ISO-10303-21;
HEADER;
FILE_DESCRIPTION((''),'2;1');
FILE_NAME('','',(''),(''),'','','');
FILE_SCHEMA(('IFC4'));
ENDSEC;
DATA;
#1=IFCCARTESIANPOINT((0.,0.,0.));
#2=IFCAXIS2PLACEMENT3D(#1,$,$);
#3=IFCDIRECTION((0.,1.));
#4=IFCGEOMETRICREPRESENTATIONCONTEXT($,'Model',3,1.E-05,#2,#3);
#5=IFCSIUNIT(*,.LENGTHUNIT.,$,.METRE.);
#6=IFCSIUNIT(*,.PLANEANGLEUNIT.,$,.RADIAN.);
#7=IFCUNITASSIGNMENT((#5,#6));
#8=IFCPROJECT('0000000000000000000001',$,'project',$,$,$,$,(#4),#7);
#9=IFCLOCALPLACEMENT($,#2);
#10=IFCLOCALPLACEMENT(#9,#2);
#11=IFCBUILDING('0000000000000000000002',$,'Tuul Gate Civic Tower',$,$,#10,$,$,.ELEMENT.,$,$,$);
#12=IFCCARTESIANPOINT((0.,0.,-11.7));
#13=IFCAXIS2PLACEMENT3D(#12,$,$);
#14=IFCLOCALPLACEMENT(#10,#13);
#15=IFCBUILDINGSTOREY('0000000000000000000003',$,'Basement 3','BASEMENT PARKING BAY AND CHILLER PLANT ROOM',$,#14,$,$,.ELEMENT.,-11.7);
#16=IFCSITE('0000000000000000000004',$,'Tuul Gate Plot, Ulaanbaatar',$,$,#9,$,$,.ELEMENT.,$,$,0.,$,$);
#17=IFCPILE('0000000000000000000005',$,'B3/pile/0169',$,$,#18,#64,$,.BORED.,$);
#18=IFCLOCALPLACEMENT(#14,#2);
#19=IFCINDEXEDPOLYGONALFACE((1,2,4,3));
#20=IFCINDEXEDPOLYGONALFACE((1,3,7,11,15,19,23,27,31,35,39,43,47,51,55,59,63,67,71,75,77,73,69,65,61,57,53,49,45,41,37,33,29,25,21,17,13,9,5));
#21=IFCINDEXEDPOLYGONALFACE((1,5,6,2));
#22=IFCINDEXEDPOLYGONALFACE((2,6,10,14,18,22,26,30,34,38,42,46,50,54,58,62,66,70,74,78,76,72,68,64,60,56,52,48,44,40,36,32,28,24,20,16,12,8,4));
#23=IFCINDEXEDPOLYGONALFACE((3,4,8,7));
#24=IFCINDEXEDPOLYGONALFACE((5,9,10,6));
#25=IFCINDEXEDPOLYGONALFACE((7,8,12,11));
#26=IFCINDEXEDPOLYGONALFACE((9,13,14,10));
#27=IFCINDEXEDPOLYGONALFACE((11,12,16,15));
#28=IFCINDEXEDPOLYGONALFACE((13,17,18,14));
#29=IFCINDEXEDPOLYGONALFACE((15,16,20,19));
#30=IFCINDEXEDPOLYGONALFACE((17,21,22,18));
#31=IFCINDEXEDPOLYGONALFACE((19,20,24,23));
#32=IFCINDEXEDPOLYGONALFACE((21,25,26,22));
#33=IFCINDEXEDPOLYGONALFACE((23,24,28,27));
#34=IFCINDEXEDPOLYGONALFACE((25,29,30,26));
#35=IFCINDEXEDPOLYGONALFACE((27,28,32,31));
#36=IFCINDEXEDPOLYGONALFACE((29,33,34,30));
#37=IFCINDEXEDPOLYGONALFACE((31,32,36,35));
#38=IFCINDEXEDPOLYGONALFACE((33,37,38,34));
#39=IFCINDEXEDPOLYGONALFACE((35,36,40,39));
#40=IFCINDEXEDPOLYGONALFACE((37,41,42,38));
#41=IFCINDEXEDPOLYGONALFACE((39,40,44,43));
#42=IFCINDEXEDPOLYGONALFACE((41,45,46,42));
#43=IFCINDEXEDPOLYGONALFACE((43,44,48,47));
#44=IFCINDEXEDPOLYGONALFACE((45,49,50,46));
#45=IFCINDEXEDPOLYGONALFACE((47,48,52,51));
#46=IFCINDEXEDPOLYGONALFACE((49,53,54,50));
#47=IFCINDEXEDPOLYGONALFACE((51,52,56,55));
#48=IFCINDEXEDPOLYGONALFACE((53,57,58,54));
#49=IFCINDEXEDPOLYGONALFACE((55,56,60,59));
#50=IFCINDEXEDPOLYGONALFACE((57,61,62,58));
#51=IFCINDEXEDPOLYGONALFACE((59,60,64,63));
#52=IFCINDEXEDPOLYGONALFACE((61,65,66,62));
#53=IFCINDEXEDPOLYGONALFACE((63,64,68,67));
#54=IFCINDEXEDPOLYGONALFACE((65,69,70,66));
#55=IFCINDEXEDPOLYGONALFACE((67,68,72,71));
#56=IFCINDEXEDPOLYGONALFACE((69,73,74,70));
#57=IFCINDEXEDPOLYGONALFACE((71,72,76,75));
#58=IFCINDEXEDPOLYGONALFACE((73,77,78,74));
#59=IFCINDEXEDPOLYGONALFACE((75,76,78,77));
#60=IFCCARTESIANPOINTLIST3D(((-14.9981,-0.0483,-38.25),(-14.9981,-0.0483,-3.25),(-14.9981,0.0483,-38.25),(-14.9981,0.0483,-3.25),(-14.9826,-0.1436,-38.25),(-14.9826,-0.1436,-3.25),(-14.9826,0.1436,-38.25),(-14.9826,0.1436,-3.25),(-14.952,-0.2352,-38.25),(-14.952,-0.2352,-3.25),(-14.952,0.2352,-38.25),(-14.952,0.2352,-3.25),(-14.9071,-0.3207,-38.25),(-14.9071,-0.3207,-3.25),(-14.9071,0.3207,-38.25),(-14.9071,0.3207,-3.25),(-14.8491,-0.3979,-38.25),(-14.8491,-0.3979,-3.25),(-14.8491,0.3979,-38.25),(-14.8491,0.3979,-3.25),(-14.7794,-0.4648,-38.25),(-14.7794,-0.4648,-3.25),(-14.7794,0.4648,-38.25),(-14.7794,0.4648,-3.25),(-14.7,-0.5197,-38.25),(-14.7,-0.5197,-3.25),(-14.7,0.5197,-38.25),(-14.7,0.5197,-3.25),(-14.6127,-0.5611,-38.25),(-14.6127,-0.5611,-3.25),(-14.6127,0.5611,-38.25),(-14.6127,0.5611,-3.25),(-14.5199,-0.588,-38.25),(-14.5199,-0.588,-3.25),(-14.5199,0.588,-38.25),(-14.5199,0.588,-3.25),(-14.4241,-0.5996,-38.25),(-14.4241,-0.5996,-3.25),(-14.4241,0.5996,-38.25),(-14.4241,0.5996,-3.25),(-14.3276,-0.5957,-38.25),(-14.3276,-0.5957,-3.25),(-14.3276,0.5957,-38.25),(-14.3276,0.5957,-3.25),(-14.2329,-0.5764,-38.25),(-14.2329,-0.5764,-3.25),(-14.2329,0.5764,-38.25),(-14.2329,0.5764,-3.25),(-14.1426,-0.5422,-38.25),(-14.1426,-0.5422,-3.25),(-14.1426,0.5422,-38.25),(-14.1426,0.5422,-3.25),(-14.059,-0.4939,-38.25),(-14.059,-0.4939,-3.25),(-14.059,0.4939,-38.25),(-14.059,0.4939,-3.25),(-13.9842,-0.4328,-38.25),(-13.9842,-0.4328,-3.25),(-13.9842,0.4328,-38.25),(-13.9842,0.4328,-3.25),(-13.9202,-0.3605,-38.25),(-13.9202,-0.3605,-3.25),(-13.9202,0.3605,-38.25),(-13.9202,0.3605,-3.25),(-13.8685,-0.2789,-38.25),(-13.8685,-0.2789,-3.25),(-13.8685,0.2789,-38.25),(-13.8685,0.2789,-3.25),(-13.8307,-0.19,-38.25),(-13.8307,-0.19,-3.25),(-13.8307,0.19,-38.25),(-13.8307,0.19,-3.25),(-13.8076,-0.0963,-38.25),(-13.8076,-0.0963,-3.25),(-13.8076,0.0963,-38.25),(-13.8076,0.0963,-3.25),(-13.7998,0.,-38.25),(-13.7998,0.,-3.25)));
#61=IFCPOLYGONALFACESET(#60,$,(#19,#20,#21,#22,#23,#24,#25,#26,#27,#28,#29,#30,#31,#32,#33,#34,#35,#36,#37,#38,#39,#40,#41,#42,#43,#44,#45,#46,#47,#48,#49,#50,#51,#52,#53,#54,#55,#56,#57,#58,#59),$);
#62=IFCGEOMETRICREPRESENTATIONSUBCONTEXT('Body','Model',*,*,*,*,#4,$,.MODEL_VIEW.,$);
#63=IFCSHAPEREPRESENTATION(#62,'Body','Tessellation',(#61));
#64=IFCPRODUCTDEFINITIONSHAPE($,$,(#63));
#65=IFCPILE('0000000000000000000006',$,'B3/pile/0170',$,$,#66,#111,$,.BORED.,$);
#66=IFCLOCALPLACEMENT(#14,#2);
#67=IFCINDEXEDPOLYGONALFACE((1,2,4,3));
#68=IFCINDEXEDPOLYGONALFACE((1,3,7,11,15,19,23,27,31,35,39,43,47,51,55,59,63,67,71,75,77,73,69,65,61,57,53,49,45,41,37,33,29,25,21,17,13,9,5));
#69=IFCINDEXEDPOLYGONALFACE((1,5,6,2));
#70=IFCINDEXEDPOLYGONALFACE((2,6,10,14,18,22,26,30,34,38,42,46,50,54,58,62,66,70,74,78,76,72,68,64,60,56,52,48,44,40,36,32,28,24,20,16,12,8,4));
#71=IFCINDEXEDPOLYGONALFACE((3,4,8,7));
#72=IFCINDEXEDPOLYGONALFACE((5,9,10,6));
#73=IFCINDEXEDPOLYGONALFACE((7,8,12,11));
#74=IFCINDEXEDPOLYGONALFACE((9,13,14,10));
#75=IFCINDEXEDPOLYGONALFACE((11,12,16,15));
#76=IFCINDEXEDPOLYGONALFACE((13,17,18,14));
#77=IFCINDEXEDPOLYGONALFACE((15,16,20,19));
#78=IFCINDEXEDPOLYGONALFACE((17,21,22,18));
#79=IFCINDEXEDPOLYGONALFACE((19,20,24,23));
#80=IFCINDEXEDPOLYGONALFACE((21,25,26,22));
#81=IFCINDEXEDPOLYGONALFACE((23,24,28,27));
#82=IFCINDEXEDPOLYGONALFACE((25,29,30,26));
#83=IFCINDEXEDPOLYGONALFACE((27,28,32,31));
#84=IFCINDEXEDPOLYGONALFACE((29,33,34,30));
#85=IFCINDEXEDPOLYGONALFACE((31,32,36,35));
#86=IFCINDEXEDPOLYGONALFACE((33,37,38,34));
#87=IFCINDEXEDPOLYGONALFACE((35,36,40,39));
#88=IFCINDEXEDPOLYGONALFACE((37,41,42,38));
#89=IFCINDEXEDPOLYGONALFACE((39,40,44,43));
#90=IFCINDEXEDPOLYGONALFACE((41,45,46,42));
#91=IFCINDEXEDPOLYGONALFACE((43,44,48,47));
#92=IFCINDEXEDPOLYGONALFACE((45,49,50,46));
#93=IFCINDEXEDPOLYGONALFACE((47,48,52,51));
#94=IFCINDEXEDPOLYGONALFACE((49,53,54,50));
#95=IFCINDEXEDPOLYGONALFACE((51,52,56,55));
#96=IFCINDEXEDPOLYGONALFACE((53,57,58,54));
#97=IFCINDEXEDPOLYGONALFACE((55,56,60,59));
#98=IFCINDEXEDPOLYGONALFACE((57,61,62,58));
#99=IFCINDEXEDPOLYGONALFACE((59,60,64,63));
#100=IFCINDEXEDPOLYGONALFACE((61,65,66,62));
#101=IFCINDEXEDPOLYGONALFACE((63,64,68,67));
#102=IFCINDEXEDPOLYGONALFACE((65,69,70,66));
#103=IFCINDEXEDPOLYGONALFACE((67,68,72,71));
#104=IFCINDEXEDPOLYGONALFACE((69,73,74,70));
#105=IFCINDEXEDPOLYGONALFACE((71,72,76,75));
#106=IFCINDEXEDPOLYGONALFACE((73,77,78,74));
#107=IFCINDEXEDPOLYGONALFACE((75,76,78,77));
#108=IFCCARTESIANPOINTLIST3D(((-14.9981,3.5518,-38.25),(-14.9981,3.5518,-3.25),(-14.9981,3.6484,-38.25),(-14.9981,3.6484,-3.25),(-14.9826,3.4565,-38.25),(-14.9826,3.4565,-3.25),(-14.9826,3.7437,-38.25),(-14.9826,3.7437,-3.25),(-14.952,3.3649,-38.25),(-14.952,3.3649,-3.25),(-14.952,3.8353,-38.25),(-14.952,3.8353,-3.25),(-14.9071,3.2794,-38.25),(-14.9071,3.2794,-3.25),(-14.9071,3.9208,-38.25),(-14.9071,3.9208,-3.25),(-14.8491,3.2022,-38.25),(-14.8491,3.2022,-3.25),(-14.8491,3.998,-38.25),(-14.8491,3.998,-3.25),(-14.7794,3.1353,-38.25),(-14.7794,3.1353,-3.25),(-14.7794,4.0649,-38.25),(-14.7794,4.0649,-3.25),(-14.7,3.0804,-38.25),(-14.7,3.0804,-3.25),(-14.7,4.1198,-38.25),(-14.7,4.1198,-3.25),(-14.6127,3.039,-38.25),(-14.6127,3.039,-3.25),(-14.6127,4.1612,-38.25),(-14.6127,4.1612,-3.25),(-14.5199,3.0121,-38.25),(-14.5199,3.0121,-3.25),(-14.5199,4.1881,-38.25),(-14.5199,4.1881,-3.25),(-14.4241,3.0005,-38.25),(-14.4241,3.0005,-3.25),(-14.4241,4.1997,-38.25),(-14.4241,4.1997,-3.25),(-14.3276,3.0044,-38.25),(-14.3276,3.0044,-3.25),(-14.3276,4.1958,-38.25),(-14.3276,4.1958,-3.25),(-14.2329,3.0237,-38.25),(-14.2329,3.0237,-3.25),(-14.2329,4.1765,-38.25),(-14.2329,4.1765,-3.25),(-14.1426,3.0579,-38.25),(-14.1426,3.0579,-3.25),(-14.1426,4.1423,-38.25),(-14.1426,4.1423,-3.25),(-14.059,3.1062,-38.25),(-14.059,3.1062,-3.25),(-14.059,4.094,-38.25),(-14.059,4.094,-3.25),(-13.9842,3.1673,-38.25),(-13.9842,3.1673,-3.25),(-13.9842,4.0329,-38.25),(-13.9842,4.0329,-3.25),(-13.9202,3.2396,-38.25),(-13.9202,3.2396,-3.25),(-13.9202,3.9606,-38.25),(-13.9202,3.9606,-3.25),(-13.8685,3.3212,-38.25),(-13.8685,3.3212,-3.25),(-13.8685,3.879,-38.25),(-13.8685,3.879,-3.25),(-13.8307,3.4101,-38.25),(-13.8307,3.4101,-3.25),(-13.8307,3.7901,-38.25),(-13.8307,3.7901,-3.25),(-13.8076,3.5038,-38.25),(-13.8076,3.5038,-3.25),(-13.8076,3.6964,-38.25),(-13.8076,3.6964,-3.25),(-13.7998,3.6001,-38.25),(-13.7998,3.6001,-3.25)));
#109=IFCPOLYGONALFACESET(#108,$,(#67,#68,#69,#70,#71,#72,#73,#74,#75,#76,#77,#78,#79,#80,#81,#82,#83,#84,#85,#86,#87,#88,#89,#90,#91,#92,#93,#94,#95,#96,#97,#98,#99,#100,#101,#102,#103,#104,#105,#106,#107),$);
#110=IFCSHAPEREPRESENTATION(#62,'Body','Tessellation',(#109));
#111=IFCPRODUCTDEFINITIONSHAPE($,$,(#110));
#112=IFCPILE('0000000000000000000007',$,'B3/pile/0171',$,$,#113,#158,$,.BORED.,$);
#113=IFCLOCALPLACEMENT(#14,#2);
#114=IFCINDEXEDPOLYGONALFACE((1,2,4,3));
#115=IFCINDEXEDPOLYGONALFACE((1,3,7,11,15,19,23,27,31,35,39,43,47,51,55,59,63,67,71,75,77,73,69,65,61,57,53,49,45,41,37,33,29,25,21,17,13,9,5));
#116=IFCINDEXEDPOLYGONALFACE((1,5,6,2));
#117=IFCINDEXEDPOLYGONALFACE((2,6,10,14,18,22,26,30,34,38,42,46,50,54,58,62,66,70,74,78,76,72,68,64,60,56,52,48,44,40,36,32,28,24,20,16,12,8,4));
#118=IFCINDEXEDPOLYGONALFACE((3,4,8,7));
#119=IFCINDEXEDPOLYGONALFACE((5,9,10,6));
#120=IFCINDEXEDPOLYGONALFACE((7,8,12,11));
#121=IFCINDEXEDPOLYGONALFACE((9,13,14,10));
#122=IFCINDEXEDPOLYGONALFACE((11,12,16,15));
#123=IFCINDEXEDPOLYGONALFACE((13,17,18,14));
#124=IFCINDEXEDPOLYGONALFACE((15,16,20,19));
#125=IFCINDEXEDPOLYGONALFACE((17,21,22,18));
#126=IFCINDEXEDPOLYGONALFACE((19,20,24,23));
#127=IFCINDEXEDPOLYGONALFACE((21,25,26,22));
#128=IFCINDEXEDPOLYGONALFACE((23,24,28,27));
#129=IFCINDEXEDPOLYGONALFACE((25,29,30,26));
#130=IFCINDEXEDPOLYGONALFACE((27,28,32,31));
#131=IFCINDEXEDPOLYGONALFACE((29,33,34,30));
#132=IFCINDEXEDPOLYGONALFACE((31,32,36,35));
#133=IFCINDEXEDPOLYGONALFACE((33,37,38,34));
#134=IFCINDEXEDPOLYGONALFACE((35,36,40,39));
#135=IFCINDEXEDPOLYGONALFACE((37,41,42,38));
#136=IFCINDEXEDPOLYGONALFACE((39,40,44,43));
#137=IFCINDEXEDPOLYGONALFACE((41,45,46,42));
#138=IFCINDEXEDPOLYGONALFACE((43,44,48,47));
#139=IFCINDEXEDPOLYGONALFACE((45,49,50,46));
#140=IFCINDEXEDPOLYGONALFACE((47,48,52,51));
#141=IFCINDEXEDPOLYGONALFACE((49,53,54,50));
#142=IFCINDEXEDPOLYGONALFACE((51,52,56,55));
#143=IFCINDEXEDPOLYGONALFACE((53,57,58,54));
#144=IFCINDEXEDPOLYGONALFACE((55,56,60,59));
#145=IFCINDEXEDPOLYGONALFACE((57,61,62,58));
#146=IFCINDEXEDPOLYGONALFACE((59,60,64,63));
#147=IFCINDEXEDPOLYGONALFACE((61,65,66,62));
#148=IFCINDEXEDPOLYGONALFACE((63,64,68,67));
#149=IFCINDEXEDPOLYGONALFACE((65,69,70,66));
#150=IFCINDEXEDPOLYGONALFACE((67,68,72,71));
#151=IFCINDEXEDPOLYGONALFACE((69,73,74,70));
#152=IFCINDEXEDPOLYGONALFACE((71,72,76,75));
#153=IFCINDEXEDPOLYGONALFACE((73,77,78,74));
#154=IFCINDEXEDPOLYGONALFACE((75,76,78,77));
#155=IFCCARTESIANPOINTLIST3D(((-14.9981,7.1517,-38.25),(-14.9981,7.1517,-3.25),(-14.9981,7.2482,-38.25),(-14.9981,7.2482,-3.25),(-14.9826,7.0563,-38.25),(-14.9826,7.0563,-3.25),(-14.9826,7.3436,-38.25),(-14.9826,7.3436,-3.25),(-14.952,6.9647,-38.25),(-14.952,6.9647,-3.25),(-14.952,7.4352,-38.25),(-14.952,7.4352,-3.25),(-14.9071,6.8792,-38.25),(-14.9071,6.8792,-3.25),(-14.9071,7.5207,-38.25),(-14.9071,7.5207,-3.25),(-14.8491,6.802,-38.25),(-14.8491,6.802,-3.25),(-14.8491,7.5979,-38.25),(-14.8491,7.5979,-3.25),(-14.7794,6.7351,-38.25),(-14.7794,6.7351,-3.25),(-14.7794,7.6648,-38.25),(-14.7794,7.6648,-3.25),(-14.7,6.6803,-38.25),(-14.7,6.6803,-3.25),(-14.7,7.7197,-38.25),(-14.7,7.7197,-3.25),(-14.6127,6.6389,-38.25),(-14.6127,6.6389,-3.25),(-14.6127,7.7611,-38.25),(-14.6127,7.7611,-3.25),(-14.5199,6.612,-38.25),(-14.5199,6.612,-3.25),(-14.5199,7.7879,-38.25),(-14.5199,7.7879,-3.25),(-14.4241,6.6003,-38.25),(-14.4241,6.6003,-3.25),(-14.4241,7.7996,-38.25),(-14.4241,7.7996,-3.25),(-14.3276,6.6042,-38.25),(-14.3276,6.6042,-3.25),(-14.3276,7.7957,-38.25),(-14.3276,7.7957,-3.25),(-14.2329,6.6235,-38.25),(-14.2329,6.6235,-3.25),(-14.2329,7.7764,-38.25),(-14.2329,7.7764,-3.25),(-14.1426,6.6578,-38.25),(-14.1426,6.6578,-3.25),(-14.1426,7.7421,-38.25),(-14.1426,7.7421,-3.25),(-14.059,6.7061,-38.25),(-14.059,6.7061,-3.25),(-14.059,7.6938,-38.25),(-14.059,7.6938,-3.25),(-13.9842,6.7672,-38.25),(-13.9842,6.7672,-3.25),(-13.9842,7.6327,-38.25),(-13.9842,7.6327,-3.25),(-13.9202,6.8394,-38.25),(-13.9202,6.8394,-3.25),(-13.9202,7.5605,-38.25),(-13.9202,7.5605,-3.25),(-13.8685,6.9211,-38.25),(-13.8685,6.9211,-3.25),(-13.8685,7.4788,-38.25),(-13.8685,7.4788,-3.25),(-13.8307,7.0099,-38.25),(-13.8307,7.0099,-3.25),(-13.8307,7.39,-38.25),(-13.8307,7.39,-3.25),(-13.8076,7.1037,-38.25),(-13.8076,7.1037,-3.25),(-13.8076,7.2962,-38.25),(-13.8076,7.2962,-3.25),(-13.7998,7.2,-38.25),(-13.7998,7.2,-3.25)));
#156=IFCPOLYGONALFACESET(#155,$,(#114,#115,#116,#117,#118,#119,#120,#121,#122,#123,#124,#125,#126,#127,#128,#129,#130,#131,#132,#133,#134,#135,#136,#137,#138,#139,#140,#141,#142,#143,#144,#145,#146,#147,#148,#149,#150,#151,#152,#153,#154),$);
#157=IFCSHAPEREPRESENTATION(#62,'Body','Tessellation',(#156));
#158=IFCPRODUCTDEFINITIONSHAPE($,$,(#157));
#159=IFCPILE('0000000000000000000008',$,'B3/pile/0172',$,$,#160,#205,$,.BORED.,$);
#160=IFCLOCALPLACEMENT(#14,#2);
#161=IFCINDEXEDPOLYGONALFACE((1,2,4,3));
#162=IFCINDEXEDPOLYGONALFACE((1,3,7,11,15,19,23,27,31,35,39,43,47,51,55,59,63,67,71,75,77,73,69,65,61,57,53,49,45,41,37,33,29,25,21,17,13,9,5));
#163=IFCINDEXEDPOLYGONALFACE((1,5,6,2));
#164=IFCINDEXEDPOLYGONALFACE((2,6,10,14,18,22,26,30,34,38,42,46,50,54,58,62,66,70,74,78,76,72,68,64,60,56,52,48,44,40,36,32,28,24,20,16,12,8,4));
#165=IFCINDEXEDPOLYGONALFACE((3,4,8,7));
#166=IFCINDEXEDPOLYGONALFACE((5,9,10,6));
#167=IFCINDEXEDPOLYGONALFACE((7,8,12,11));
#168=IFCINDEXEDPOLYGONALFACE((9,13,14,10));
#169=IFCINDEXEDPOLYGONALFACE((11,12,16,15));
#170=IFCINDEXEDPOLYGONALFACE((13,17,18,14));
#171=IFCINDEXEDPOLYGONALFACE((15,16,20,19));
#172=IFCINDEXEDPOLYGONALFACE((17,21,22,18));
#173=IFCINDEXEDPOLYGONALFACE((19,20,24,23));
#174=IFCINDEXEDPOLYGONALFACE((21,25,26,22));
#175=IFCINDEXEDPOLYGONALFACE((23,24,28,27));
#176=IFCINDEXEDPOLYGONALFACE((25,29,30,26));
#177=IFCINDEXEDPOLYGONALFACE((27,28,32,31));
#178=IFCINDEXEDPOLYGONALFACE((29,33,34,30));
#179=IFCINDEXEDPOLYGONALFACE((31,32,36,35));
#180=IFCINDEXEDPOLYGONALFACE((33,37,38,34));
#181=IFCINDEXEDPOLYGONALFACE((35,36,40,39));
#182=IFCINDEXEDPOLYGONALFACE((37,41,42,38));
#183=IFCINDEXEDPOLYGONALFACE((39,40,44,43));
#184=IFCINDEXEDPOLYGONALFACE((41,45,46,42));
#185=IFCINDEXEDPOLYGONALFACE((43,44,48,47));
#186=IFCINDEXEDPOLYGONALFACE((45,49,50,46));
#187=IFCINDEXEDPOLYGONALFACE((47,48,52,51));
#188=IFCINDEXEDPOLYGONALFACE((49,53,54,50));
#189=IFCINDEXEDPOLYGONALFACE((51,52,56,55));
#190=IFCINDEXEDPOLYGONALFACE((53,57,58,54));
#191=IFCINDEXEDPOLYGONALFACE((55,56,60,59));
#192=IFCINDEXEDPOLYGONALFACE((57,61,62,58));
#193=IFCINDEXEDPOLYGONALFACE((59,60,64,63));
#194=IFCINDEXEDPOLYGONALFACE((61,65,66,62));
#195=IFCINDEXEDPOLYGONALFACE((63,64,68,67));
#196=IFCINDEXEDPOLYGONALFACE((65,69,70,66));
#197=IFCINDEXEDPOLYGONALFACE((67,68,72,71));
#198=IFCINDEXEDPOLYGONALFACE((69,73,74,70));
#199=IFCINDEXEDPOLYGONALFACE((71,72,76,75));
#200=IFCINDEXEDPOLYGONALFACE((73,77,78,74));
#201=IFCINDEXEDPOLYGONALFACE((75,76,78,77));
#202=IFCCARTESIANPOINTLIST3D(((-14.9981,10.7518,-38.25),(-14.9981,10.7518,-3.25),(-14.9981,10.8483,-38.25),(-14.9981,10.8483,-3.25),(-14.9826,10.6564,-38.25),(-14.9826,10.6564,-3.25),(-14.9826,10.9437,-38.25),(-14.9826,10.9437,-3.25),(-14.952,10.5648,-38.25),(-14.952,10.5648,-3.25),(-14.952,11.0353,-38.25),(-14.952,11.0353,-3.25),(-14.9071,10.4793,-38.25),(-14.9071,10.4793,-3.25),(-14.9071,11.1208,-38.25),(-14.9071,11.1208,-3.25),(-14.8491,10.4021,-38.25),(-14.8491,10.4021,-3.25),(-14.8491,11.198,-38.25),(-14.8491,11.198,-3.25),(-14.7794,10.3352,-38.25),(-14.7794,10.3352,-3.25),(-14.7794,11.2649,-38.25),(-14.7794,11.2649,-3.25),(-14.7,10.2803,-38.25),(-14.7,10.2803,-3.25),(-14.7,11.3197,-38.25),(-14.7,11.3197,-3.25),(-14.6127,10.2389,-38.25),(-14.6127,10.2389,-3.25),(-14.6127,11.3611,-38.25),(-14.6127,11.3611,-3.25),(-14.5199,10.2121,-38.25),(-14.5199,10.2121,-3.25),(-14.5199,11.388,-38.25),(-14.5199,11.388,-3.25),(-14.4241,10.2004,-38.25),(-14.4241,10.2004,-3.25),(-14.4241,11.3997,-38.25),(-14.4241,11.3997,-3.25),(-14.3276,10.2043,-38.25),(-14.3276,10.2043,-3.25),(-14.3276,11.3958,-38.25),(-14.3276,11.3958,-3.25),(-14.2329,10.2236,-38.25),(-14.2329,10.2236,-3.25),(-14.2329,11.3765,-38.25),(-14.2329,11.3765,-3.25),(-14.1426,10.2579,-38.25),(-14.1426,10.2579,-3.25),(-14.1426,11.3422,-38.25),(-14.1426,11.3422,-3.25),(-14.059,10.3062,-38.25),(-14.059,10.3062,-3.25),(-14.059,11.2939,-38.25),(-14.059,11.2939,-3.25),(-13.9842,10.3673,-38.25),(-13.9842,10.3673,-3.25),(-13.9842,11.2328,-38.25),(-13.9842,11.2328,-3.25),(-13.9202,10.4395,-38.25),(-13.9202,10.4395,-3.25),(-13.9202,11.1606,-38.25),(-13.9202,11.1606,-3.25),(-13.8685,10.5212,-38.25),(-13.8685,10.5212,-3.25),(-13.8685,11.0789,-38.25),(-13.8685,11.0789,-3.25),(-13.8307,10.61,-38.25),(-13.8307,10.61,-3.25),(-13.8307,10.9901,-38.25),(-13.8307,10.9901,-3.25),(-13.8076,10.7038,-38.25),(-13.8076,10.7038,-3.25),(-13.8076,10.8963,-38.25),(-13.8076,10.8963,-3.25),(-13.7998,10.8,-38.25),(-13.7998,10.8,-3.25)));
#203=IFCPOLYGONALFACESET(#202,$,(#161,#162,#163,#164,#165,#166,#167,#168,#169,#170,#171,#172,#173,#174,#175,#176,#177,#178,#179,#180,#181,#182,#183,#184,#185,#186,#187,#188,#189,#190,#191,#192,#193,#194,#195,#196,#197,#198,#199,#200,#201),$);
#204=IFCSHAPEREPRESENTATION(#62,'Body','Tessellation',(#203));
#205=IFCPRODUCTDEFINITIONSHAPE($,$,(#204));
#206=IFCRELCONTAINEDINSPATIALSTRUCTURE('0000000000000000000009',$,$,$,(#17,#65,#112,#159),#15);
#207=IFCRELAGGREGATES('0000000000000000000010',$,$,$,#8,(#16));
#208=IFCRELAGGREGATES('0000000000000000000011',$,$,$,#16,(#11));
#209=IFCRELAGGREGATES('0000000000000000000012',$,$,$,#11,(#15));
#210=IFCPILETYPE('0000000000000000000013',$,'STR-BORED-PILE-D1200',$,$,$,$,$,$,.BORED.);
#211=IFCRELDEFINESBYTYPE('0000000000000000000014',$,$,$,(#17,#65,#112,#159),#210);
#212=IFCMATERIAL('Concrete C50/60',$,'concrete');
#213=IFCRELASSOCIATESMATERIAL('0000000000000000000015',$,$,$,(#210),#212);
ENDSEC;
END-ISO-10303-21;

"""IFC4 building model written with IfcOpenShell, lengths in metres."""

from ifc_helpers import new_model, si_unit, direction, frame, origin, origin_2d, place, context, subcontext, project, spatial, circle, extrude, material, material_profile, profile_set, type_object, element, save


model = new_model("IFC4")

# Units and contexts
model_context = context("Model", 3, precision=1e-05, world=origin(), true_north=direction((0.0, 1.0)))
body_context = subcontext(model_context, "Body", "Model", "MODEL_VIEW")
ifc_project = project(units=[si_unit("LENGTHUNIT", "METRE"), si_unit("PLANEANGLEUNIT", "RADIAN")], contexts=[model_context])

# Site, building, storey
site_placement = place(None, origin())
site = spatial("IfcSite", under=ifc_project, at=site_placement, Name="Tuul Gate Plot, Ulaanbaatar", CompositionType="ELEMENT", RefElevation=0.0)
building_placement = place(site_placement, origin())
building = spatial("IfcBuilding", under=site, at=building_placement, Name="Tuul Gate Civic Tower", CompositionType="ELEMENT")
storey_placement = place(building_placement, frame((0.0, 0.0, -11.7)))
storey = spatial("IfcBuildingStorey", under=building, at=storey_placement, Name="Basement 3", Description="BASEMENT PARKING BAY AND CHILLER PLANT ROOM", CompositionType="ELEMENT", Elevation=-11.7)

# Piles
ifc_material_1 = material(Name="Concrete C50/60", Category="concrete")
ifc_material_profile_1 = material_profile(ifc_material_1, circle(Radius=0.6001, at=origin_2d()), Name="PILE1200")
ifc_profile_set_1 = profile_set([ifc_material_profile_1], Name="Concrete C50/60")
pile_type = type_object("IfcPileType", Name="STR-BORED-PILE-D1200", PredefinedType="BORED", material=ifc_profile_set_1)
for number, where, z_axis, x_axis, name in (
    (1, (-14.3999, 0.0, -3.25), (0.0, 0.0, -1.0), (1.0, 0.0, 0.0), "B3/pile/0169"),
    (2, (-14.3999, 3.6001, -3.25), (0.0, 0.0, -1.0), (1.0, 0.0, 0.0), "B3/pile/0170"),
    (3, (-14.3999, 7.2, -3.25), (0.0, 0.0, -1.0), (1.0, 0.0, 0.0), "B3/pile/0171"),
    (4, (-14.3999, 10.8, -3.25), (0.0, 0.0, -1.0), (1.0, 0.0, 0.0), "B3/pile/0172"),
):
    element("IfcPile", number, at=place(storey_placement, frame(where, z_axis=z_axis, x_axis=x_axis)), inside=storey, type_object=pile_type, Name=name, PredefinedType="BORED", context=body_context, shape_type="SweptSolid", body=[
        extrude(circle(Radius=0.6001, at=origin_2d()), origin(), (0.0, 0.0, 1.0), 35.0),
    ])

save(model, "model.ifc")
